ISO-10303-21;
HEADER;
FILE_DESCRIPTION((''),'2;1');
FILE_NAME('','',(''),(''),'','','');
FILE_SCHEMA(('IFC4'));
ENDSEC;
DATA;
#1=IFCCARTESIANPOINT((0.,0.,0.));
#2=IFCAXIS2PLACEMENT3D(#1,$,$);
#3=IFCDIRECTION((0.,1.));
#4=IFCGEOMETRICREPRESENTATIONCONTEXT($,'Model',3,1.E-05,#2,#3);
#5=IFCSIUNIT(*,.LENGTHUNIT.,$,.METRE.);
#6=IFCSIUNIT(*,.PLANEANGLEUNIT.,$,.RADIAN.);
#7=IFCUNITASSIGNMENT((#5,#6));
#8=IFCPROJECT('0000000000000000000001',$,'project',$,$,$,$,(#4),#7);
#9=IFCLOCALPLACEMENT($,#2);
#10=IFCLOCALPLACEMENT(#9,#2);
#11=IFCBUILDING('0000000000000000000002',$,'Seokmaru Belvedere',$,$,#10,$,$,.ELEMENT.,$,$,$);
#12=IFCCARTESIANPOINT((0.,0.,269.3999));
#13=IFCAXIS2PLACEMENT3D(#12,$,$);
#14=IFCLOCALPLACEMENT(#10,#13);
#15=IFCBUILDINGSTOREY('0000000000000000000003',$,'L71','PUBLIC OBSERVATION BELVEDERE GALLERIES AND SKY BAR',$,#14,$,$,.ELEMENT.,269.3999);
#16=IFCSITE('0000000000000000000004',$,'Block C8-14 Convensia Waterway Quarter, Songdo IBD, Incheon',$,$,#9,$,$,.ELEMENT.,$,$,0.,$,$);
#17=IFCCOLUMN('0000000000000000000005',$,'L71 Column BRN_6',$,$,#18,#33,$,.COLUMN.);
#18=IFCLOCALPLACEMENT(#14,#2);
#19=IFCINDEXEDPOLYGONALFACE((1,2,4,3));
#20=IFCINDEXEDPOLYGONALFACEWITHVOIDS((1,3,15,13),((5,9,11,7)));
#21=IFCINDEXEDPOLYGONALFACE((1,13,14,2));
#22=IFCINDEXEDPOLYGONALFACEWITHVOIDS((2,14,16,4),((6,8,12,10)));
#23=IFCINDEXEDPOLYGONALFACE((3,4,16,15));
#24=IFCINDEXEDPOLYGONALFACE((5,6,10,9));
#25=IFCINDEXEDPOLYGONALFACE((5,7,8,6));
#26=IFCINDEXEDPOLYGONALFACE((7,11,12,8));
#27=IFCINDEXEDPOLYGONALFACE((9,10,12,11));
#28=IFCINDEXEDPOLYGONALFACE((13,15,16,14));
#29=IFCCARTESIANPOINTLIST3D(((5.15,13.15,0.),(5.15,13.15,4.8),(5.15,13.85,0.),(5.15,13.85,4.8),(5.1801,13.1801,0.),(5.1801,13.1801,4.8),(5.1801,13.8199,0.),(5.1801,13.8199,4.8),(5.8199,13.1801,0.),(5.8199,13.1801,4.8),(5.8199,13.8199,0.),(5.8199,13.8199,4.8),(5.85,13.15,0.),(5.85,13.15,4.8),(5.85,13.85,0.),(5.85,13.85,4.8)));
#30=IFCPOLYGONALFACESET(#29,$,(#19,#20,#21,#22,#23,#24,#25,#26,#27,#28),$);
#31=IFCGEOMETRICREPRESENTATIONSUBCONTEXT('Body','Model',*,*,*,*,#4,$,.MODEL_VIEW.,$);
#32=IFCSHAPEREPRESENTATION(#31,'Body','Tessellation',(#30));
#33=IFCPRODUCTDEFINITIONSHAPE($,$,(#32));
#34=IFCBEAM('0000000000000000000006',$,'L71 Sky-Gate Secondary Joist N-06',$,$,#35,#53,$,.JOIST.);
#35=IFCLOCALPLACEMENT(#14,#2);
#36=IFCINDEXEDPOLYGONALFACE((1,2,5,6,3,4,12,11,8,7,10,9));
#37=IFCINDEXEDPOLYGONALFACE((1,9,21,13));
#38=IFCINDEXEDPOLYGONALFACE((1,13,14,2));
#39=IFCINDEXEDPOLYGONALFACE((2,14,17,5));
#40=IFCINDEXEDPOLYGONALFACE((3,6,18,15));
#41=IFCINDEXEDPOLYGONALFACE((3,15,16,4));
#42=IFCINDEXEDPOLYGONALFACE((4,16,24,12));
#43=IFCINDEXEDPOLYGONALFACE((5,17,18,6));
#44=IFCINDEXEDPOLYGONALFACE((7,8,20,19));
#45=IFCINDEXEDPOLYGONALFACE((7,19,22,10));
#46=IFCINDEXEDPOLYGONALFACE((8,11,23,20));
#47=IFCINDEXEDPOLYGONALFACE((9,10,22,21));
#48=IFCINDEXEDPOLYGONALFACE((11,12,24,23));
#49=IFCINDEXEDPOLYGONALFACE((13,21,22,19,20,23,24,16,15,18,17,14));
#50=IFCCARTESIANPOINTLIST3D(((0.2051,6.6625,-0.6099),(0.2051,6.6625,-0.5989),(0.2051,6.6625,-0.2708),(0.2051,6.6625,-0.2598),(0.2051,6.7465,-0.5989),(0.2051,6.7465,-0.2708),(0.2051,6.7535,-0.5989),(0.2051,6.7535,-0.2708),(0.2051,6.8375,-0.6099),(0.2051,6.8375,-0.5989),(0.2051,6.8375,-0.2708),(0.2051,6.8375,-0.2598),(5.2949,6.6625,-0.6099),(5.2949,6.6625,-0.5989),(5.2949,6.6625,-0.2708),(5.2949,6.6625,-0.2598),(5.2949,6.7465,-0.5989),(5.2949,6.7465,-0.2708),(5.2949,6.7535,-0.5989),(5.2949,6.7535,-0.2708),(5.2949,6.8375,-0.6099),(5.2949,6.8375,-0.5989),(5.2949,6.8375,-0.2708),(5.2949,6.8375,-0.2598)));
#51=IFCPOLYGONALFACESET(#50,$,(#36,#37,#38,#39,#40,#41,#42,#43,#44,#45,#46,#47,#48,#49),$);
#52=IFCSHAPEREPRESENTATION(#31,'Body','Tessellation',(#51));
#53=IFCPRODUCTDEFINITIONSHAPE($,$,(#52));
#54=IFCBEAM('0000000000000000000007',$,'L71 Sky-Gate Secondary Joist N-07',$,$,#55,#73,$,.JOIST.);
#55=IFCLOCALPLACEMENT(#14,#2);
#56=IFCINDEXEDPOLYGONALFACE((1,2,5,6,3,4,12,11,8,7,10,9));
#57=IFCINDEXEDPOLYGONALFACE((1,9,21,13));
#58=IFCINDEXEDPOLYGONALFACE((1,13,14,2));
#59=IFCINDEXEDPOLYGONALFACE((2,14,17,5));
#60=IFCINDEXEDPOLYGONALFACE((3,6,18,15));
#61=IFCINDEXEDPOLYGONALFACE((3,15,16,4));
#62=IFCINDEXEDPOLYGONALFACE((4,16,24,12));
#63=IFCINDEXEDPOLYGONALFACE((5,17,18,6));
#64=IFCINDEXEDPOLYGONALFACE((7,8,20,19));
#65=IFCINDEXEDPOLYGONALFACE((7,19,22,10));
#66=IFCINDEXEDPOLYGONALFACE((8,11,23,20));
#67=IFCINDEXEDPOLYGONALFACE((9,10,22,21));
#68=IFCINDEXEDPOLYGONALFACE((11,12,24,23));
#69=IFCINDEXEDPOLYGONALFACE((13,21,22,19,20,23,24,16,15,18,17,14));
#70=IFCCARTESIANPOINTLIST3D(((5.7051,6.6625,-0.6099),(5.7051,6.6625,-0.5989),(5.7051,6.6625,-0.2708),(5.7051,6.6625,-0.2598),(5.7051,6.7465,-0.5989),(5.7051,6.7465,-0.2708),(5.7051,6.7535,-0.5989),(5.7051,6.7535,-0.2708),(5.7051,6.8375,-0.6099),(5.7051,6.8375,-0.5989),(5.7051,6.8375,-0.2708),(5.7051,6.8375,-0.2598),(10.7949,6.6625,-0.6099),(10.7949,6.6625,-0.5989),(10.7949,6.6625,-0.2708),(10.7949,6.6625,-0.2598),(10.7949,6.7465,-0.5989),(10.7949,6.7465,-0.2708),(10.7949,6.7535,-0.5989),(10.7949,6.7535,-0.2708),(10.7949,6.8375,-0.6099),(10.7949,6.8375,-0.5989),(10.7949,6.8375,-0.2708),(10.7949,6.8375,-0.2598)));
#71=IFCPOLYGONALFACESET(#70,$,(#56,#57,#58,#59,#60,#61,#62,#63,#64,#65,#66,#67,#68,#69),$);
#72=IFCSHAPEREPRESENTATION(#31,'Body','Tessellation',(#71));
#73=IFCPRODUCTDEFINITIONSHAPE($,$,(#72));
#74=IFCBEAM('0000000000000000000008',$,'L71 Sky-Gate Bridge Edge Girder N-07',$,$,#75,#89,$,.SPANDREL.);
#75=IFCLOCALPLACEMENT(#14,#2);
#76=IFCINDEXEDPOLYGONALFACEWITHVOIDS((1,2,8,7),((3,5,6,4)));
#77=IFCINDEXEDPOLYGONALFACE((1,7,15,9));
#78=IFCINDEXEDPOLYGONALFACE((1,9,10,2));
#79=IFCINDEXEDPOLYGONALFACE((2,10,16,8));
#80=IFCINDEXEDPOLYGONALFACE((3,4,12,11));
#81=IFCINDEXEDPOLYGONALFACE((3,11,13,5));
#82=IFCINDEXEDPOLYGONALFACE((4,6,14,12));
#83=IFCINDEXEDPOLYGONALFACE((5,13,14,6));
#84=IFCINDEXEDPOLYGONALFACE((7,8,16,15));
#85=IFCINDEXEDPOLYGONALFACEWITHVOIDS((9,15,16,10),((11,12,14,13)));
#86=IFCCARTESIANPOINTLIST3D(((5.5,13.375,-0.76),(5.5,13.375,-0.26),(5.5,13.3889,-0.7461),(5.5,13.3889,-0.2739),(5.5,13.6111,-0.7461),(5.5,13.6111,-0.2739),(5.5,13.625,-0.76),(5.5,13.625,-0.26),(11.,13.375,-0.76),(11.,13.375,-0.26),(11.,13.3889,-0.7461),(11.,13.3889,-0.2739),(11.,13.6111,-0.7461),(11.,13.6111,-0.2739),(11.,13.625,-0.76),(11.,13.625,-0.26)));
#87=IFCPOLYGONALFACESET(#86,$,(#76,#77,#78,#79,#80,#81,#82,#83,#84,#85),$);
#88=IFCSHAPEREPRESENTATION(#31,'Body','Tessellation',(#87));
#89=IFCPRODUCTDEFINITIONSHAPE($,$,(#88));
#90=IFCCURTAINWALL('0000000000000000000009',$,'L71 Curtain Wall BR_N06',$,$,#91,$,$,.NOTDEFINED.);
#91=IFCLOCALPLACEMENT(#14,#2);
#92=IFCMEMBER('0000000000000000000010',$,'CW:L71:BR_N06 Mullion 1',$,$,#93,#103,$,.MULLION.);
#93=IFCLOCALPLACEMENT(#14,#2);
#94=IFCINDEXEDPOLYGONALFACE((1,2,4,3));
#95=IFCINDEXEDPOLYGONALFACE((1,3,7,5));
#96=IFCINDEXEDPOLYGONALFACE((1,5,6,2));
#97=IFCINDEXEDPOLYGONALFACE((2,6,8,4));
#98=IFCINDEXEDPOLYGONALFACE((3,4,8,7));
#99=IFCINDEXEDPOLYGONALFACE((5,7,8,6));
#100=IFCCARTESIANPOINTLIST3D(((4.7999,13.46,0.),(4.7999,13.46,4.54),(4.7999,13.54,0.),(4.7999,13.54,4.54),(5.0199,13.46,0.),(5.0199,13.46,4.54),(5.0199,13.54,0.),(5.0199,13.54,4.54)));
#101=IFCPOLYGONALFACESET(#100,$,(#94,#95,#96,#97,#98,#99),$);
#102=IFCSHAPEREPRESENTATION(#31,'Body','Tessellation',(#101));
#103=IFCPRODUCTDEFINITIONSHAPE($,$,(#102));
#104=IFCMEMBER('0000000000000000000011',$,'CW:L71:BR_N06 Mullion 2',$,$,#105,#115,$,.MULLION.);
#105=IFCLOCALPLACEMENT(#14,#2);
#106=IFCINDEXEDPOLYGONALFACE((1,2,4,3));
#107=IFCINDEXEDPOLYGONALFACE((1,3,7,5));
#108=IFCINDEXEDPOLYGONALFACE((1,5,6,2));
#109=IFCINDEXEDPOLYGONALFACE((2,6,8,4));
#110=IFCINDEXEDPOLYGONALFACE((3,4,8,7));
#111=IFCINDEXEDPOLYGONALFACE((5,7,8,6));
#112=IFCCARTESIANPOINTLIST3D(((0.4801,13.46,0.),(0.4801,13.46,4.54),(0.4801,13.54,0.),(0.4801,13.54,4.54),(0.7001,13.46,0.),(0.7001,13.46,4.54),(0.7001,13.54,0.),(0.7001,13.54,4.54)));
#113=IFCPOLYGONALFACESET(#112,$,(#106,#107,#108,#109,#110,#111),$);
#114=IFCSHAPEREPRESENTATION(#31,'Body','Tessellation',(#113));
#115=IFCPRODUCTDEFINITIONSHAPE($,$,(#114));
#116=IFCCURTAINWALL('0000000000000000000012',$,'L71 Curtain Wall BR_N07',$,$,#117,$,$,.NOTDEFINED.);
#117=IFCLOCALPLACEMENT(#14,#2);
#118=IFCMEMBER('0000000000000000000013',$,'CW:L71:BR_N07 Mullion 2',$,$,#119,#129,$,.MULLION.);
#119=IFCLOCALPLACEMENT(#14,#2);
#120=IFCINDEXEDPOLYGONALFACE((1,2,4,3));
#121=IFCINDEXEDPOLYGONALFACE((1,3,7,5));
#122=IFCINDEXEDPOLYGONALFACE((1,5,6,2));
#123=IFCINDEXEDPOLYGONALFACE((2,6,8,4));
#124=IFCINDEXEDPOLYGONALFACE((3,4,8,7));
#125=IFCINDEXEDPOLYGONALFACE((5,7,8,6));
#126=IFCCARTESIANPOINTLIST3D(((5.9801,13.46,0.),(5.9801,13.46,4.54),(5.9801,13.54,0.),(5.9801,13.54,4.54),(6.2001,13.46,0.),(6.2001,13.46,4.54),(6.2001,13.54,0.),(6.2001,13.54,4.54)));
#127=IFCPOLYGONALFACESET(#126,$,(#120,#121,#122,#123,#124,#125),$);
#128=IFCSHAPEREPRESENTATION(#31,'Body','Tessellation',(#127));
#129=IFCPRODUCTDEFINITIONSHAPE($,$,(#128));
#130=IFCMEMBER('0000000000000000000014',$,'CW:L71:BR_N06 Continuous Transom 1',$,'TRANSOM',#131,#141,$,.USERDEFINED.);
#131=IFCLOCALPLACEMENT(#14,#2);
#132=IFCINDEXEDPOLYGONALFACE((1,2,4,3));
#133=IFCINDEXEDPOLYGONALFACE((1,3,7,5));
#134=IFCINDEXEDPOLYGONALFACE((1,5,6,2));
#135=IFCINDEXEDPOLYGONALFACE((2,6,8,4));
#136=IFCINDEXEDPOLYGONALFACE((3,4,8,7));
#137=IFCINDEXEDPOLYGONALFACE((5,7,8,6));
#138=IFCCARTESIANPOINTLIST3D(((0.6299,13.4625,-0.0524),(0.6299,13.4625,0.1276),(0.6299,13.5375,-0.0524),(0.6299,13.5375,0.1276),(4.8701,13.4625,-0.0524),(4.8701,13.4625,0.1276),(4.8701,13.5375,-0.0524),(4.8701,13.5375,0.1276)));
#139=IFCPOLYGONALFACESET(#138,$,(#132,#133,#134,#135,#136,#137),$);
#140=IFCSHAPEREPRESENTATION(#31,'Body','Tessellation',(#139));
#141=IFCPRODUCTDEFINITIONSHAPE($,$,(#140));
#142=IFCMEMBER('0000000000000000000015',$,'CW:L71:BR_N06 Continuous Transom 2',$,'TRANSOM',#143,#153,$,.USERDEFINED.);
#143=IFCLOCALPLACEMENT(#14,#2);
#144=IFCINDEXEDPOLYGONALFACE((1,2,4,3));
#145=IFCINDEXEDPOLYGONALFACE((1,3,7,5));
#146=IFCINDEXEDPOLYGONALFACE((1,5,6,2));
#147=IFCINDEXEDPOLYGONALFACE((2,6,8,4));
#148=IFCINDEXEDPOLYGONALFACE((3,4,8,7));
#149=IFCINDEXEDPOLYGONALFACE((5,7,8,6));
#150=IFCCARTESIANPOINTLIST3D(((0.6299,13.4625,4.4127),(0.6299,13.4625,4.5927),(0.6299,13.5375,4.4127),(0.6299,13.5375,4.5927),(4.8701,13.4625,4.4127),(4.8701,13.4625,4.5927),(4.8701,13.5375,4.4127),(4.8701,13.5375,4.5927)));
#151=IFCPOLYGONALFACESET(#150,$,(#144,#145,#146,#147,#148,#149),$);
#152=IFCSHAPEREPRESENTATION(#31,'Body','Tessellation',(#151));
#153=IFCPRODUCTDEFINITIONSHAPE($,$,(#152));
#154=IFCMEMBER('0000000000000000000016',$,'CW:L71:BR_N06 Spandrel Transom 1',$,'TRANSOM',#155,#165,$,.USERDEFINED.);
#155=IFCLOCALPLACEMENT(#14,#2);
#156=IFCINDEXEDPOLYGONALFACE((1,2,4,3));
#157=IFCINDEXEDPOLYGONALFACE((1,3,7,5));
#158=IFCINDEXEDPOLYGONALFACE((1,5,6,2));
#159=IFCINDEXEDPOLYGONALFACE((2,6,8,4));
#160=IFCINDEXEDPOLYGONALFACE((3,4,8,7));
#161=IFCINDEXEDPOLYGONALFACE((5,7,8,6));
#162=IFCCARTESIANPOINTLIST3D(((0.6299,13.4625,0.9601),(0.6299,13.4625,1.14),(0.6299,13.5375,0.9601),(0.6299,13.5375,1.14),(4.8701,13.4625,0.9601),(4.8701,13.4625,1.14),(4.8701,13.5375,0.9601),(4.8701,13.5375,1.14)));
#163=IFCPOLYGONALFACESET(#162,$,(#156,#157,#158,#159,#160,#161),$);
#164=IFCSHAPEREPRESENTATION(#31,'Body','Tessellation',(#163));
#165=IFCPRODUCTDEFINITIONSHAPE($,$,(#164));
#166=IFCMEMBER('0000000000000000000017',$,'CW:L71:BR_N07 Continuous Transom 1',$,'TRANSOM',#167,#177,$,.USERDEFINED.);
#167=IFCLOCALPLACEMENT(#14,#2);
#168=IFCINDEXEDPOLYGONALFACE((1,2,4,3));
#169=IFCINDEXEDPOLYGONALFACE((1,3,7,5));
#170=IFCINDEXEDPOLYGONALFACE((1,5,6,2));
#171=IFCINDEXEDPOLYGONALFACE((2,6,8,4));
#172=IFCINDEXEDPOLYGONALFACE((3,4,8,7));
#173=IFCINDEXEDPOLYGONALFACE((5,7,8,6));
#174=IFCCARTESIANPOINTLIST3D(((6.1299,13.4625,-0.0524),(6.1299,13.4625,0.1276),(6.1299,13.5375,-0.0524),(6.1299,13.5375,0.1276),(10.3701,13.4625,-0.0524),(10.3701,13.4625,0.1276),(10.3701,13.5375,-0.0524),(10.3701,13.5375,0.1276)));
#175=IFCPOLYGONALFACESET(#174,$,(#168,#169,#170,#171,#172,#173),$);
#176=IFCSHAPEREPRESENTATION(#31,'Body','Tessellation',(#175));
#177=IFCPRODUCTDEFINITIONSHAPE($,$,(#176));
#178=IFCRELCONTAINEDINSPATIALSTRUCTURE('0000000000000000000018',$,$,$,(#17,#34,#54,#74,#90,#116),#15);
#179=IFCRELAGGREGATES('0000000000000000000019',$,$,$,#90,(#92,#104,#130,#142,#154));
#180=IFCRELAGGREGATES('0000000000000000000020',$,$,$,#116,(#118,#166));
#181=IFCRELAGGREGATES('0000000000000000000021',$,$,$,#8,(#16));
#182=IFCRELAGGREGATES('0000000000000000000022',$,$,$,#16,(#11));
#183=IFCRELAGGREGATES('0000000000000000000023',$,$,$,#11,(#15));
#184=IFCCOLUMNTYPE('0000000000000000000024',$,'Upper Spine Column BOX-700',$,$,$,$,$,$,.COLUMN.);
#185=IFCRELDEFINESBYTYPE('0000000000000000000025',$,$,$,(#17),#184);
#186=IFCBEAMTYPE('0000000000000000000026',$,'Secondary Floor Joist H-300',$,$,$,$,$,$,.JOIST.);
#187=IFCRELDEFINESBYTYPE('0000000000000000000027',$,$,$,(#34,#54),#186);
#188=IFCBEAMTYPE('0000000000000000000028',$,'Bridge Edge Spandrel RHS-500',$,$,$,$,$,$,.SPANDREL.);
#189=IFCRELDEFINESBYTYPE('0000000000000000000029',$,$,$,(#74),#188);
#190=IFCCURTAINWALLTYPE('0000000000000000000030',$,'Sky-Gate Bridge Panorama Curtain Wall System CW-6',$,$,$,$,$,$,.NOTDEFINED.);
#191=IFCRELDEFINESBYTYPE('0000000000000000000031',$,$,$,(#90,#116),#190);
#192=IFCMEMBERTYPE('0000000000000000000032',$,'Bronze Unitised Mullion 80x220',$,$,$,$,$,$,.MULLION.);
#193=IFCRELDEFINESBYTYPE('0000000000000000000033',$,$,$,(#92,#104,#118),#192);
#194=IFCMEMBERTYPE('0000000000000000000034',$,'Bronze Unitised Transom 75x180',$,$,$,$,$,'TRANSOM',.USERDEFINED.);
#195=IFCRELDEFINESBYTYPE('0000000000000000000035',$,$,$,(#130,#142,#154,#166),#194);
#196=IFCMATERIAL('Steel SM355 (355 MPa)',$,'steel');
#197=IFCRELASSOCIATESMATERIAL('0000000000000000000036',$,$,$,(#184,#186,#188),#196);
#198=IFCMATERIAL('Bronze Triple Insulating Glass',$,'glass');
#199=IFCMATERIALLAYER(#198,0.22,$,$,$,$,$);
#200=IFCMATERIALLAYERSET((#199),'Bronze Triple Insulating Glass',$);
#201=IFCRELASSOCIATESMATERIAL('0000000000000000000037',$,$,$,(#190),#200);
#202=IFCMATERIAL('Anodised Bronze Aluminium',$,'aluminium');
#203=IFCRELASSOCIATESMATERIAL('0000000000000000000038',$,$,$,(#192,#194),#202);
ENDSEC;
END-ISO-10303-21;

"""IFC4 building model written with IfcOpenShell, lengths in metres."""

from ifc_helpers import new_model, si_unit, direction, frame, origin, origin_2d, place, context, subcontext, project, spatial, rectangle, hollow_rectangle, i_section, extrude, source, transform, mapped, material, layer, layer_set, material_profile, profile_set, type_object, type_shapes, element, aggregate, save


model = new_model("IFC4")

# Units and contexts
model_context = context("Model", 3, precision=1e-05, world=origin(), true_north=direction((0.0, 1.0)))
body_context = subcontext(model_context, "Body", "Model", "MODEL_VIEW")
ifc_project = project(units=[si_unit("LENGTHUNIT", "METRE"), si_unit("PLANEANGLEUNIT", "RADIAN")], contexts=[model_context])

# Site, building, storey
site_placement = place(None, origin())
site = spatial("IfcSite", under=ifc_project, at=site_placement, Name="Block C8-14 Convensia Waterway Quarter, Songdo IBD, Incheon", CompositionType="ELEMENT", RefElevation=0.0)
building_placement = place(site_placement, origin())
building = spatial("IfcBuilding", under=site, at=building_placement, Name="Seokmaru Belvedere", CompositionType="ELEMENT")
storey_placement = place(building_placement, frame((0.0, 0.0, 269.3999)))
storey = spatial("IfcBuildingStorey", under=building, at=storey_placement, Name="L71", Description="PUBLIC OBSERVATION BELVEDERE GALLERIES AND SKY BAR", CompositionType="ELEMENT", Elevation=269.3999)

# Column
ifc_material_1 = material(Name="Steel SM355 (355 MPa)", Category="steel")
ifc_material_profile_1 = material_profile(ifc_material_1, hollow_rectangle(XDim=0.7, YDim=0.7, WallThickness=0.03, at=origin_2d()), Name="BOX-700x700x30")
ifc_profile_set_1 = profile_set([ifc_material_profile_1], Name="Steel SM355 (355 MPa)")
column_type = type_object("IfcColumnType", Name="Upper Spine Column BOX-700", PredefinedType="COLUMN", material=ifc_profile_set_1)
shared_shape_1 = source(origin(), body_context, "Body", "SweptSolid", [
    extrude(hollow_rectangle(XDim=0.7, YDim=0.7, WallThickness=0.03, at=origin_2d()), origin(), (0.0, 0.0, 1.0), 4.8),
])
type_shapes(column_type, [shared_shape_1])
column_placement = place(storey_placement, frame((5.5, 13.5, 0.0), z_axis=(0.0, 0.0, 1.0), x_axis=(1.0, 0.0, 0.0)))
element("IfcColumn", 1, at=column_placement, inside=storey, type_object=column_type, Name="L71 Column BRN_6", PredefinedType="COLUMN", context=body_context, shape_type="MappedRepresentation", body=[
    mapped(shared_shape_1, transform((0.0, 0.0, 0.0), scale=1.0)),
])

# Beams
ifc_material_profile_2 = material_profile(ifc_material_1, i_section(OverallWidth=0.175, OverallDepth=0.3501, WebThickness=0.0071, FlangeThickness=0.011, at=origin_2d()), Name="H-350x175x7x11")
ifc_profile_set_2 = profile_set([ifc_material_profile_2], Name="Steel SM355 (355 MPa)")
beam_type_1 = type_object("IfcBeamType", Name="Secondary Floor Joist H-300", PredefinedType="JOIST", material=ifc_profile_set_2)
shared_shape_2 = source(origin(), body_context, "Body", "SweptSolid", [
    extrude(i_section(OverallWidth=0.175, OverallDepth=0.3501, WebThickness=0.0071, FlangeThickness=0.011, at=origin_2d()), origin(), (0.0, 0.0, 1.0), 5.0898),
])
type_shapes(beam_type_1, [shared_shape_2])
for number, where, z_axis, x_axis, name in (
    (2, (0.2051, 6.75, -0.4348), (1.0, 0.0, 0.0), (0.0, 1.0, 0.0), "L71 Sky-Gate Secondary Joist N-06"),
    (3, (5.7051, 6.75, -0.4348), (1.0, 0.0, 0.0), (0.0, 1.0, 0.0), "L71 Sky-Gate Secondary Joist N-07"),
):
    element("IfcBeam", number, at=place(storey_placement, frame(where, z_axis=z_axis, x_axis=x_axis)), inside=storey, type_object=beam_type_1, Name=name, PredefinedType="JOIST", context=body_context, shape_type="MappedRepresentation", body=[
        mapped(shared_shape_2, transform((0.0, 0.0, 0.0), scale=1.0)),
    ])
ifc_material_profile_3 = material_profile(ifc_material_1, hollow_rectangle(XDim=0.25, YDim=0.5, WallThickness=0.0139, at=origin_2d()), Name="RHS-500x250x14")
ifc_profile_set_3 = profile_set([ifc_material_profile_3], Name="Steel SM355 (355 MPa)")
beam_type_2 = type_object("IfcBeamType", Name="Bridge Edge Spandrel RHS-500", PredefinedType="SPANDREL", material=ifc_profile_set_3)
shared_shape_3 = source(origin(), body_context, "Body", "SweptSolid", [
    extrude(hollow_rectangle(XDim=0.25, YDim=0.5, WallThickness=0.0139, at=origin_2d()), origin(), (0.0, 0.0, 1.0), 5.5),
])
type_shapes(beam_type_2, [shared_shape_3])
beam_placement = place(storey_placement, frame((5.5, 13.5, -0.51), z_axis=(1.0, 0.0, 0.0), x_axis=(0.0, 1.0, 0.0)))
element("IfcBeam", 4, at=beam_placement, inside=storey, type_object=beam_type_2, Name="L71 Sky-Gate Bridge Edge Girder N-07", PredefinedType="SPANDREL", context=body_context, shape_type="MappedRepresentation", body=[
    mapped(shared_shape_3, transform((0.0, 0.0, 0.0), scale=1.0)),
])

# Curtain wall, members
ifc_material_2 = material(Name="Bronze Triple Insulating Glass", Category="glass")
ifc_layer_1 = layer(ifc_material_2, 0.22)
ifc_layer_set_1 = layer_set([ifc_layer_1], Name="Bronze Triple Insulating Glass")
curtain_wall_type = type_object("IfcCurtainWallType", Name="Sky-Gate Bridge Panorama Curtain Wall System CW-6", PredefinedType="NOTDEFINED", material=ifc_layer_set_1)
curtain_wall_1_placement = place(storey_placement, origin())
curtain_wall_1 = element("IfcCurtainWall", 5, at=curtain_wall_1_placement, inside=storey, type_object=curtain_wall_type, Name="L71 Curtain Wall BR_N06", PredefinedType="NOTDEFINED")
ifc_material_3 = material(Name="Anodised Bronze Aluminium", Category="aluminium")
ifc_material_profile_4 = material_profile(ifc_material_3, rectangle(XDim=0.0801, YDim=0.22, at=origin_2d()), Name="CW-M-80x220")
ifc_profile_set_4 = profile_set([ifc_material_profile_4], Name="Anodised Bronze Aluminium")
member_type_1 = type_object("IfcMemberType", Name="Bronze Unitised Mullion 80x220", PredefinedType="MULLION", material=ifc_profile_set_4)
shared_shape_4 = source(origin(), body_context, "Body", "SweptSolid", [
    extrude(rectangle(XDim=0.0801, YDim=0.22, at=origin_2d()), origin(), (0.0, 0.0, 1.0), 4.54),
])
type_shapes(member_type_1, [shared_shape_4])
member_1_placement = place(storey_placement, frame((4.9099, 13.5, 0.0), z_axis=(0.0, 0.0, 1.0), x_axis=(0.0, -1.0, 0.0)))
member_1 = element("IfcMember", 6, at=member_1_placement, type_object=member_type_1, Name="CW:L71:BR_N06 Mullion 1", PredefinedType="MULLION", context=body_context, shape_type="MappedRepresentation", body=[
    mapped(shared_shape_4, transform((0.0, 0.0, 0.0), scale=1.0)),
])
member_2_placement = place(storey_placement, frame((0.5901, 13.5, 0.0), z_axis=(0.0, 0.0, 1.0), x_axis=(0.0, -1.0, 0.0)))
member_2 = element("IfcMember", 7, at=member_2_placement, type_object=member_type_1, Name="CW:L71:BR_N06 Mullion 2", PredefinedType="MULLION", context=body_context, shape_type="MappedRepresentation", body=[
    mapped(shared_shape_4, transform((0.0, 0.0, 0.0), scale=1.0)),
])

# Curtain wall, member
curtain_wall_2_placement = place(storey_placement, origin())
curtain_wall_2 = element("IfcCurtainWall", 8, at=curtain_wall_2_placement, inside=storey, type_object=curtain_wall_type, Name="L71 Curtain Wall BR_N07", PredefinedType="NOTDEFINED")
member_3_placement = place(storey_placement, frame((6.0901, 13.5, 0.0), z_axis=(0.0, 0.0, 1.0), x_axis=(0.0, -1.0, 0.0)))
member_3 = element("IfcMember", 9, at=member_3_placement, type_object=member_type_1, Name="CW:L71:BR_N07 Mullion 2", PredefinedType="MULLION", context=body_context, shape_type="MappedRepresentation", body=[
    mapped(shared_shape_4, transform((0.0, 0.0, 0.0), scale=1.0)),
])

# Members
ifc_material_profile_5 = material_profile(ifc_material_3, rectangle(XDim=0.075, YDim=0.1799, at=origin_2d()), Name="CW-T-75x180")
ifc_profile_set_5 = profile_set([ifc_material_profile_5], Name="Anodised Bronze Aluminium")
member_type_2 = type_object("IfcMemberType", Name="Bronze Unitised Transom 75x180", ElementType="TRANSOM", PredefinedType="USERDEFINED", material=ifc_profile_set_5)
shared_shape_5 = source(origin(), body_context, "Body", "SweptSolid", [
    extrude(rectangle(XDim=0.075, YDim=0.1799, at=origin_2d()), origin(), (0.0, 0.0, 1.0), 4.2402),
])
type_shapes(member_type_2, [shared_shape_5])
member_4_placement = place(storey_placement, frame((4.8701, 13.5, 0.0376), z_axis=(-1.0, 0.0, 0.0), x_axis=(0.0, -1.0, 0.0)))
member_4 = element("IfcMember", 10, at=member_4_placement, type_object=member_type_2, Name="CW:L71:BR_N06 Continuous Transom 1", ObjectType="TRANSOM", PredefinedType="USERDEFINED", context=body_context, shape_type="MappedRepresentation", body=[
    mapped(shared_shape_5, transform((0.0, 0.0, 0.0), scale=1.0)),
])
member_5_placement = place(storey_placement, frame((4.8701, 13.5, 4.5027), z_axis=(-1.0, 0.0, 0.0), x_axis=(0.0, -1.0, 0.0)))
member_5 = element("IfcMember", 11, at=member_5_placement, type_object=member_type_2, Name="CW:L71:BR_N06 Continuous Transom 2", ObjectType="TRANSOM", PredefinedType="USERDEFINED", context=body_context, shape_type="MappedRepresentation", body=[
    mapped(shared_shape_5, transform((0.0, 0.0, 0.0), scale=1.0)),
])
member_6_placement = place(storey_placement, frame((4.8701, 13.5, 1.05), z_axis=(-1.0, 0.0, 0.0), x_axis=(0.0, -1.0, 0.0)))
member_6 = element("IfcMember", 12, at=member_6_placement, type_object=member_type_2, Name="CW:L71:BR_N06 Spandrel Transom 1", ObjectType="TRANSOM", PredefinedType="USERDEFINED", context=body_context, shape_type="MappedRepresentation", body=[
    mapped(shared_shape_5, transform((0.0, 0.0, 0.0), scale=1.0)),
])
member_7_placement = place(storey_placement, frame((10.3701, 13.5, 0.0376), z_axis=(-1.0, 0.0, 0.0), x_axis=(0.0, -1.0, 0.0)))
member_7 = element("IfcMember", 13, at=member_7_placement, type_object=member_type_2, Name="CW:L71:BR_N07 Continuous Transom 1", ObjectType="TRANSOM", PredefinedType="USERDEFINED", context=body_context, shape_type="MappedRepresentation", body=[
    mapped(shared_shape_5, transform((0.0, 0.0, 0.0), scale=1.0)),
])

aggregate(curtain_wall_1, [member_1, member_2, member_4, member_5, member_6])
aggregate(curtain_wall_2, [member_3, member_7])

save(model, "model.ifc")
